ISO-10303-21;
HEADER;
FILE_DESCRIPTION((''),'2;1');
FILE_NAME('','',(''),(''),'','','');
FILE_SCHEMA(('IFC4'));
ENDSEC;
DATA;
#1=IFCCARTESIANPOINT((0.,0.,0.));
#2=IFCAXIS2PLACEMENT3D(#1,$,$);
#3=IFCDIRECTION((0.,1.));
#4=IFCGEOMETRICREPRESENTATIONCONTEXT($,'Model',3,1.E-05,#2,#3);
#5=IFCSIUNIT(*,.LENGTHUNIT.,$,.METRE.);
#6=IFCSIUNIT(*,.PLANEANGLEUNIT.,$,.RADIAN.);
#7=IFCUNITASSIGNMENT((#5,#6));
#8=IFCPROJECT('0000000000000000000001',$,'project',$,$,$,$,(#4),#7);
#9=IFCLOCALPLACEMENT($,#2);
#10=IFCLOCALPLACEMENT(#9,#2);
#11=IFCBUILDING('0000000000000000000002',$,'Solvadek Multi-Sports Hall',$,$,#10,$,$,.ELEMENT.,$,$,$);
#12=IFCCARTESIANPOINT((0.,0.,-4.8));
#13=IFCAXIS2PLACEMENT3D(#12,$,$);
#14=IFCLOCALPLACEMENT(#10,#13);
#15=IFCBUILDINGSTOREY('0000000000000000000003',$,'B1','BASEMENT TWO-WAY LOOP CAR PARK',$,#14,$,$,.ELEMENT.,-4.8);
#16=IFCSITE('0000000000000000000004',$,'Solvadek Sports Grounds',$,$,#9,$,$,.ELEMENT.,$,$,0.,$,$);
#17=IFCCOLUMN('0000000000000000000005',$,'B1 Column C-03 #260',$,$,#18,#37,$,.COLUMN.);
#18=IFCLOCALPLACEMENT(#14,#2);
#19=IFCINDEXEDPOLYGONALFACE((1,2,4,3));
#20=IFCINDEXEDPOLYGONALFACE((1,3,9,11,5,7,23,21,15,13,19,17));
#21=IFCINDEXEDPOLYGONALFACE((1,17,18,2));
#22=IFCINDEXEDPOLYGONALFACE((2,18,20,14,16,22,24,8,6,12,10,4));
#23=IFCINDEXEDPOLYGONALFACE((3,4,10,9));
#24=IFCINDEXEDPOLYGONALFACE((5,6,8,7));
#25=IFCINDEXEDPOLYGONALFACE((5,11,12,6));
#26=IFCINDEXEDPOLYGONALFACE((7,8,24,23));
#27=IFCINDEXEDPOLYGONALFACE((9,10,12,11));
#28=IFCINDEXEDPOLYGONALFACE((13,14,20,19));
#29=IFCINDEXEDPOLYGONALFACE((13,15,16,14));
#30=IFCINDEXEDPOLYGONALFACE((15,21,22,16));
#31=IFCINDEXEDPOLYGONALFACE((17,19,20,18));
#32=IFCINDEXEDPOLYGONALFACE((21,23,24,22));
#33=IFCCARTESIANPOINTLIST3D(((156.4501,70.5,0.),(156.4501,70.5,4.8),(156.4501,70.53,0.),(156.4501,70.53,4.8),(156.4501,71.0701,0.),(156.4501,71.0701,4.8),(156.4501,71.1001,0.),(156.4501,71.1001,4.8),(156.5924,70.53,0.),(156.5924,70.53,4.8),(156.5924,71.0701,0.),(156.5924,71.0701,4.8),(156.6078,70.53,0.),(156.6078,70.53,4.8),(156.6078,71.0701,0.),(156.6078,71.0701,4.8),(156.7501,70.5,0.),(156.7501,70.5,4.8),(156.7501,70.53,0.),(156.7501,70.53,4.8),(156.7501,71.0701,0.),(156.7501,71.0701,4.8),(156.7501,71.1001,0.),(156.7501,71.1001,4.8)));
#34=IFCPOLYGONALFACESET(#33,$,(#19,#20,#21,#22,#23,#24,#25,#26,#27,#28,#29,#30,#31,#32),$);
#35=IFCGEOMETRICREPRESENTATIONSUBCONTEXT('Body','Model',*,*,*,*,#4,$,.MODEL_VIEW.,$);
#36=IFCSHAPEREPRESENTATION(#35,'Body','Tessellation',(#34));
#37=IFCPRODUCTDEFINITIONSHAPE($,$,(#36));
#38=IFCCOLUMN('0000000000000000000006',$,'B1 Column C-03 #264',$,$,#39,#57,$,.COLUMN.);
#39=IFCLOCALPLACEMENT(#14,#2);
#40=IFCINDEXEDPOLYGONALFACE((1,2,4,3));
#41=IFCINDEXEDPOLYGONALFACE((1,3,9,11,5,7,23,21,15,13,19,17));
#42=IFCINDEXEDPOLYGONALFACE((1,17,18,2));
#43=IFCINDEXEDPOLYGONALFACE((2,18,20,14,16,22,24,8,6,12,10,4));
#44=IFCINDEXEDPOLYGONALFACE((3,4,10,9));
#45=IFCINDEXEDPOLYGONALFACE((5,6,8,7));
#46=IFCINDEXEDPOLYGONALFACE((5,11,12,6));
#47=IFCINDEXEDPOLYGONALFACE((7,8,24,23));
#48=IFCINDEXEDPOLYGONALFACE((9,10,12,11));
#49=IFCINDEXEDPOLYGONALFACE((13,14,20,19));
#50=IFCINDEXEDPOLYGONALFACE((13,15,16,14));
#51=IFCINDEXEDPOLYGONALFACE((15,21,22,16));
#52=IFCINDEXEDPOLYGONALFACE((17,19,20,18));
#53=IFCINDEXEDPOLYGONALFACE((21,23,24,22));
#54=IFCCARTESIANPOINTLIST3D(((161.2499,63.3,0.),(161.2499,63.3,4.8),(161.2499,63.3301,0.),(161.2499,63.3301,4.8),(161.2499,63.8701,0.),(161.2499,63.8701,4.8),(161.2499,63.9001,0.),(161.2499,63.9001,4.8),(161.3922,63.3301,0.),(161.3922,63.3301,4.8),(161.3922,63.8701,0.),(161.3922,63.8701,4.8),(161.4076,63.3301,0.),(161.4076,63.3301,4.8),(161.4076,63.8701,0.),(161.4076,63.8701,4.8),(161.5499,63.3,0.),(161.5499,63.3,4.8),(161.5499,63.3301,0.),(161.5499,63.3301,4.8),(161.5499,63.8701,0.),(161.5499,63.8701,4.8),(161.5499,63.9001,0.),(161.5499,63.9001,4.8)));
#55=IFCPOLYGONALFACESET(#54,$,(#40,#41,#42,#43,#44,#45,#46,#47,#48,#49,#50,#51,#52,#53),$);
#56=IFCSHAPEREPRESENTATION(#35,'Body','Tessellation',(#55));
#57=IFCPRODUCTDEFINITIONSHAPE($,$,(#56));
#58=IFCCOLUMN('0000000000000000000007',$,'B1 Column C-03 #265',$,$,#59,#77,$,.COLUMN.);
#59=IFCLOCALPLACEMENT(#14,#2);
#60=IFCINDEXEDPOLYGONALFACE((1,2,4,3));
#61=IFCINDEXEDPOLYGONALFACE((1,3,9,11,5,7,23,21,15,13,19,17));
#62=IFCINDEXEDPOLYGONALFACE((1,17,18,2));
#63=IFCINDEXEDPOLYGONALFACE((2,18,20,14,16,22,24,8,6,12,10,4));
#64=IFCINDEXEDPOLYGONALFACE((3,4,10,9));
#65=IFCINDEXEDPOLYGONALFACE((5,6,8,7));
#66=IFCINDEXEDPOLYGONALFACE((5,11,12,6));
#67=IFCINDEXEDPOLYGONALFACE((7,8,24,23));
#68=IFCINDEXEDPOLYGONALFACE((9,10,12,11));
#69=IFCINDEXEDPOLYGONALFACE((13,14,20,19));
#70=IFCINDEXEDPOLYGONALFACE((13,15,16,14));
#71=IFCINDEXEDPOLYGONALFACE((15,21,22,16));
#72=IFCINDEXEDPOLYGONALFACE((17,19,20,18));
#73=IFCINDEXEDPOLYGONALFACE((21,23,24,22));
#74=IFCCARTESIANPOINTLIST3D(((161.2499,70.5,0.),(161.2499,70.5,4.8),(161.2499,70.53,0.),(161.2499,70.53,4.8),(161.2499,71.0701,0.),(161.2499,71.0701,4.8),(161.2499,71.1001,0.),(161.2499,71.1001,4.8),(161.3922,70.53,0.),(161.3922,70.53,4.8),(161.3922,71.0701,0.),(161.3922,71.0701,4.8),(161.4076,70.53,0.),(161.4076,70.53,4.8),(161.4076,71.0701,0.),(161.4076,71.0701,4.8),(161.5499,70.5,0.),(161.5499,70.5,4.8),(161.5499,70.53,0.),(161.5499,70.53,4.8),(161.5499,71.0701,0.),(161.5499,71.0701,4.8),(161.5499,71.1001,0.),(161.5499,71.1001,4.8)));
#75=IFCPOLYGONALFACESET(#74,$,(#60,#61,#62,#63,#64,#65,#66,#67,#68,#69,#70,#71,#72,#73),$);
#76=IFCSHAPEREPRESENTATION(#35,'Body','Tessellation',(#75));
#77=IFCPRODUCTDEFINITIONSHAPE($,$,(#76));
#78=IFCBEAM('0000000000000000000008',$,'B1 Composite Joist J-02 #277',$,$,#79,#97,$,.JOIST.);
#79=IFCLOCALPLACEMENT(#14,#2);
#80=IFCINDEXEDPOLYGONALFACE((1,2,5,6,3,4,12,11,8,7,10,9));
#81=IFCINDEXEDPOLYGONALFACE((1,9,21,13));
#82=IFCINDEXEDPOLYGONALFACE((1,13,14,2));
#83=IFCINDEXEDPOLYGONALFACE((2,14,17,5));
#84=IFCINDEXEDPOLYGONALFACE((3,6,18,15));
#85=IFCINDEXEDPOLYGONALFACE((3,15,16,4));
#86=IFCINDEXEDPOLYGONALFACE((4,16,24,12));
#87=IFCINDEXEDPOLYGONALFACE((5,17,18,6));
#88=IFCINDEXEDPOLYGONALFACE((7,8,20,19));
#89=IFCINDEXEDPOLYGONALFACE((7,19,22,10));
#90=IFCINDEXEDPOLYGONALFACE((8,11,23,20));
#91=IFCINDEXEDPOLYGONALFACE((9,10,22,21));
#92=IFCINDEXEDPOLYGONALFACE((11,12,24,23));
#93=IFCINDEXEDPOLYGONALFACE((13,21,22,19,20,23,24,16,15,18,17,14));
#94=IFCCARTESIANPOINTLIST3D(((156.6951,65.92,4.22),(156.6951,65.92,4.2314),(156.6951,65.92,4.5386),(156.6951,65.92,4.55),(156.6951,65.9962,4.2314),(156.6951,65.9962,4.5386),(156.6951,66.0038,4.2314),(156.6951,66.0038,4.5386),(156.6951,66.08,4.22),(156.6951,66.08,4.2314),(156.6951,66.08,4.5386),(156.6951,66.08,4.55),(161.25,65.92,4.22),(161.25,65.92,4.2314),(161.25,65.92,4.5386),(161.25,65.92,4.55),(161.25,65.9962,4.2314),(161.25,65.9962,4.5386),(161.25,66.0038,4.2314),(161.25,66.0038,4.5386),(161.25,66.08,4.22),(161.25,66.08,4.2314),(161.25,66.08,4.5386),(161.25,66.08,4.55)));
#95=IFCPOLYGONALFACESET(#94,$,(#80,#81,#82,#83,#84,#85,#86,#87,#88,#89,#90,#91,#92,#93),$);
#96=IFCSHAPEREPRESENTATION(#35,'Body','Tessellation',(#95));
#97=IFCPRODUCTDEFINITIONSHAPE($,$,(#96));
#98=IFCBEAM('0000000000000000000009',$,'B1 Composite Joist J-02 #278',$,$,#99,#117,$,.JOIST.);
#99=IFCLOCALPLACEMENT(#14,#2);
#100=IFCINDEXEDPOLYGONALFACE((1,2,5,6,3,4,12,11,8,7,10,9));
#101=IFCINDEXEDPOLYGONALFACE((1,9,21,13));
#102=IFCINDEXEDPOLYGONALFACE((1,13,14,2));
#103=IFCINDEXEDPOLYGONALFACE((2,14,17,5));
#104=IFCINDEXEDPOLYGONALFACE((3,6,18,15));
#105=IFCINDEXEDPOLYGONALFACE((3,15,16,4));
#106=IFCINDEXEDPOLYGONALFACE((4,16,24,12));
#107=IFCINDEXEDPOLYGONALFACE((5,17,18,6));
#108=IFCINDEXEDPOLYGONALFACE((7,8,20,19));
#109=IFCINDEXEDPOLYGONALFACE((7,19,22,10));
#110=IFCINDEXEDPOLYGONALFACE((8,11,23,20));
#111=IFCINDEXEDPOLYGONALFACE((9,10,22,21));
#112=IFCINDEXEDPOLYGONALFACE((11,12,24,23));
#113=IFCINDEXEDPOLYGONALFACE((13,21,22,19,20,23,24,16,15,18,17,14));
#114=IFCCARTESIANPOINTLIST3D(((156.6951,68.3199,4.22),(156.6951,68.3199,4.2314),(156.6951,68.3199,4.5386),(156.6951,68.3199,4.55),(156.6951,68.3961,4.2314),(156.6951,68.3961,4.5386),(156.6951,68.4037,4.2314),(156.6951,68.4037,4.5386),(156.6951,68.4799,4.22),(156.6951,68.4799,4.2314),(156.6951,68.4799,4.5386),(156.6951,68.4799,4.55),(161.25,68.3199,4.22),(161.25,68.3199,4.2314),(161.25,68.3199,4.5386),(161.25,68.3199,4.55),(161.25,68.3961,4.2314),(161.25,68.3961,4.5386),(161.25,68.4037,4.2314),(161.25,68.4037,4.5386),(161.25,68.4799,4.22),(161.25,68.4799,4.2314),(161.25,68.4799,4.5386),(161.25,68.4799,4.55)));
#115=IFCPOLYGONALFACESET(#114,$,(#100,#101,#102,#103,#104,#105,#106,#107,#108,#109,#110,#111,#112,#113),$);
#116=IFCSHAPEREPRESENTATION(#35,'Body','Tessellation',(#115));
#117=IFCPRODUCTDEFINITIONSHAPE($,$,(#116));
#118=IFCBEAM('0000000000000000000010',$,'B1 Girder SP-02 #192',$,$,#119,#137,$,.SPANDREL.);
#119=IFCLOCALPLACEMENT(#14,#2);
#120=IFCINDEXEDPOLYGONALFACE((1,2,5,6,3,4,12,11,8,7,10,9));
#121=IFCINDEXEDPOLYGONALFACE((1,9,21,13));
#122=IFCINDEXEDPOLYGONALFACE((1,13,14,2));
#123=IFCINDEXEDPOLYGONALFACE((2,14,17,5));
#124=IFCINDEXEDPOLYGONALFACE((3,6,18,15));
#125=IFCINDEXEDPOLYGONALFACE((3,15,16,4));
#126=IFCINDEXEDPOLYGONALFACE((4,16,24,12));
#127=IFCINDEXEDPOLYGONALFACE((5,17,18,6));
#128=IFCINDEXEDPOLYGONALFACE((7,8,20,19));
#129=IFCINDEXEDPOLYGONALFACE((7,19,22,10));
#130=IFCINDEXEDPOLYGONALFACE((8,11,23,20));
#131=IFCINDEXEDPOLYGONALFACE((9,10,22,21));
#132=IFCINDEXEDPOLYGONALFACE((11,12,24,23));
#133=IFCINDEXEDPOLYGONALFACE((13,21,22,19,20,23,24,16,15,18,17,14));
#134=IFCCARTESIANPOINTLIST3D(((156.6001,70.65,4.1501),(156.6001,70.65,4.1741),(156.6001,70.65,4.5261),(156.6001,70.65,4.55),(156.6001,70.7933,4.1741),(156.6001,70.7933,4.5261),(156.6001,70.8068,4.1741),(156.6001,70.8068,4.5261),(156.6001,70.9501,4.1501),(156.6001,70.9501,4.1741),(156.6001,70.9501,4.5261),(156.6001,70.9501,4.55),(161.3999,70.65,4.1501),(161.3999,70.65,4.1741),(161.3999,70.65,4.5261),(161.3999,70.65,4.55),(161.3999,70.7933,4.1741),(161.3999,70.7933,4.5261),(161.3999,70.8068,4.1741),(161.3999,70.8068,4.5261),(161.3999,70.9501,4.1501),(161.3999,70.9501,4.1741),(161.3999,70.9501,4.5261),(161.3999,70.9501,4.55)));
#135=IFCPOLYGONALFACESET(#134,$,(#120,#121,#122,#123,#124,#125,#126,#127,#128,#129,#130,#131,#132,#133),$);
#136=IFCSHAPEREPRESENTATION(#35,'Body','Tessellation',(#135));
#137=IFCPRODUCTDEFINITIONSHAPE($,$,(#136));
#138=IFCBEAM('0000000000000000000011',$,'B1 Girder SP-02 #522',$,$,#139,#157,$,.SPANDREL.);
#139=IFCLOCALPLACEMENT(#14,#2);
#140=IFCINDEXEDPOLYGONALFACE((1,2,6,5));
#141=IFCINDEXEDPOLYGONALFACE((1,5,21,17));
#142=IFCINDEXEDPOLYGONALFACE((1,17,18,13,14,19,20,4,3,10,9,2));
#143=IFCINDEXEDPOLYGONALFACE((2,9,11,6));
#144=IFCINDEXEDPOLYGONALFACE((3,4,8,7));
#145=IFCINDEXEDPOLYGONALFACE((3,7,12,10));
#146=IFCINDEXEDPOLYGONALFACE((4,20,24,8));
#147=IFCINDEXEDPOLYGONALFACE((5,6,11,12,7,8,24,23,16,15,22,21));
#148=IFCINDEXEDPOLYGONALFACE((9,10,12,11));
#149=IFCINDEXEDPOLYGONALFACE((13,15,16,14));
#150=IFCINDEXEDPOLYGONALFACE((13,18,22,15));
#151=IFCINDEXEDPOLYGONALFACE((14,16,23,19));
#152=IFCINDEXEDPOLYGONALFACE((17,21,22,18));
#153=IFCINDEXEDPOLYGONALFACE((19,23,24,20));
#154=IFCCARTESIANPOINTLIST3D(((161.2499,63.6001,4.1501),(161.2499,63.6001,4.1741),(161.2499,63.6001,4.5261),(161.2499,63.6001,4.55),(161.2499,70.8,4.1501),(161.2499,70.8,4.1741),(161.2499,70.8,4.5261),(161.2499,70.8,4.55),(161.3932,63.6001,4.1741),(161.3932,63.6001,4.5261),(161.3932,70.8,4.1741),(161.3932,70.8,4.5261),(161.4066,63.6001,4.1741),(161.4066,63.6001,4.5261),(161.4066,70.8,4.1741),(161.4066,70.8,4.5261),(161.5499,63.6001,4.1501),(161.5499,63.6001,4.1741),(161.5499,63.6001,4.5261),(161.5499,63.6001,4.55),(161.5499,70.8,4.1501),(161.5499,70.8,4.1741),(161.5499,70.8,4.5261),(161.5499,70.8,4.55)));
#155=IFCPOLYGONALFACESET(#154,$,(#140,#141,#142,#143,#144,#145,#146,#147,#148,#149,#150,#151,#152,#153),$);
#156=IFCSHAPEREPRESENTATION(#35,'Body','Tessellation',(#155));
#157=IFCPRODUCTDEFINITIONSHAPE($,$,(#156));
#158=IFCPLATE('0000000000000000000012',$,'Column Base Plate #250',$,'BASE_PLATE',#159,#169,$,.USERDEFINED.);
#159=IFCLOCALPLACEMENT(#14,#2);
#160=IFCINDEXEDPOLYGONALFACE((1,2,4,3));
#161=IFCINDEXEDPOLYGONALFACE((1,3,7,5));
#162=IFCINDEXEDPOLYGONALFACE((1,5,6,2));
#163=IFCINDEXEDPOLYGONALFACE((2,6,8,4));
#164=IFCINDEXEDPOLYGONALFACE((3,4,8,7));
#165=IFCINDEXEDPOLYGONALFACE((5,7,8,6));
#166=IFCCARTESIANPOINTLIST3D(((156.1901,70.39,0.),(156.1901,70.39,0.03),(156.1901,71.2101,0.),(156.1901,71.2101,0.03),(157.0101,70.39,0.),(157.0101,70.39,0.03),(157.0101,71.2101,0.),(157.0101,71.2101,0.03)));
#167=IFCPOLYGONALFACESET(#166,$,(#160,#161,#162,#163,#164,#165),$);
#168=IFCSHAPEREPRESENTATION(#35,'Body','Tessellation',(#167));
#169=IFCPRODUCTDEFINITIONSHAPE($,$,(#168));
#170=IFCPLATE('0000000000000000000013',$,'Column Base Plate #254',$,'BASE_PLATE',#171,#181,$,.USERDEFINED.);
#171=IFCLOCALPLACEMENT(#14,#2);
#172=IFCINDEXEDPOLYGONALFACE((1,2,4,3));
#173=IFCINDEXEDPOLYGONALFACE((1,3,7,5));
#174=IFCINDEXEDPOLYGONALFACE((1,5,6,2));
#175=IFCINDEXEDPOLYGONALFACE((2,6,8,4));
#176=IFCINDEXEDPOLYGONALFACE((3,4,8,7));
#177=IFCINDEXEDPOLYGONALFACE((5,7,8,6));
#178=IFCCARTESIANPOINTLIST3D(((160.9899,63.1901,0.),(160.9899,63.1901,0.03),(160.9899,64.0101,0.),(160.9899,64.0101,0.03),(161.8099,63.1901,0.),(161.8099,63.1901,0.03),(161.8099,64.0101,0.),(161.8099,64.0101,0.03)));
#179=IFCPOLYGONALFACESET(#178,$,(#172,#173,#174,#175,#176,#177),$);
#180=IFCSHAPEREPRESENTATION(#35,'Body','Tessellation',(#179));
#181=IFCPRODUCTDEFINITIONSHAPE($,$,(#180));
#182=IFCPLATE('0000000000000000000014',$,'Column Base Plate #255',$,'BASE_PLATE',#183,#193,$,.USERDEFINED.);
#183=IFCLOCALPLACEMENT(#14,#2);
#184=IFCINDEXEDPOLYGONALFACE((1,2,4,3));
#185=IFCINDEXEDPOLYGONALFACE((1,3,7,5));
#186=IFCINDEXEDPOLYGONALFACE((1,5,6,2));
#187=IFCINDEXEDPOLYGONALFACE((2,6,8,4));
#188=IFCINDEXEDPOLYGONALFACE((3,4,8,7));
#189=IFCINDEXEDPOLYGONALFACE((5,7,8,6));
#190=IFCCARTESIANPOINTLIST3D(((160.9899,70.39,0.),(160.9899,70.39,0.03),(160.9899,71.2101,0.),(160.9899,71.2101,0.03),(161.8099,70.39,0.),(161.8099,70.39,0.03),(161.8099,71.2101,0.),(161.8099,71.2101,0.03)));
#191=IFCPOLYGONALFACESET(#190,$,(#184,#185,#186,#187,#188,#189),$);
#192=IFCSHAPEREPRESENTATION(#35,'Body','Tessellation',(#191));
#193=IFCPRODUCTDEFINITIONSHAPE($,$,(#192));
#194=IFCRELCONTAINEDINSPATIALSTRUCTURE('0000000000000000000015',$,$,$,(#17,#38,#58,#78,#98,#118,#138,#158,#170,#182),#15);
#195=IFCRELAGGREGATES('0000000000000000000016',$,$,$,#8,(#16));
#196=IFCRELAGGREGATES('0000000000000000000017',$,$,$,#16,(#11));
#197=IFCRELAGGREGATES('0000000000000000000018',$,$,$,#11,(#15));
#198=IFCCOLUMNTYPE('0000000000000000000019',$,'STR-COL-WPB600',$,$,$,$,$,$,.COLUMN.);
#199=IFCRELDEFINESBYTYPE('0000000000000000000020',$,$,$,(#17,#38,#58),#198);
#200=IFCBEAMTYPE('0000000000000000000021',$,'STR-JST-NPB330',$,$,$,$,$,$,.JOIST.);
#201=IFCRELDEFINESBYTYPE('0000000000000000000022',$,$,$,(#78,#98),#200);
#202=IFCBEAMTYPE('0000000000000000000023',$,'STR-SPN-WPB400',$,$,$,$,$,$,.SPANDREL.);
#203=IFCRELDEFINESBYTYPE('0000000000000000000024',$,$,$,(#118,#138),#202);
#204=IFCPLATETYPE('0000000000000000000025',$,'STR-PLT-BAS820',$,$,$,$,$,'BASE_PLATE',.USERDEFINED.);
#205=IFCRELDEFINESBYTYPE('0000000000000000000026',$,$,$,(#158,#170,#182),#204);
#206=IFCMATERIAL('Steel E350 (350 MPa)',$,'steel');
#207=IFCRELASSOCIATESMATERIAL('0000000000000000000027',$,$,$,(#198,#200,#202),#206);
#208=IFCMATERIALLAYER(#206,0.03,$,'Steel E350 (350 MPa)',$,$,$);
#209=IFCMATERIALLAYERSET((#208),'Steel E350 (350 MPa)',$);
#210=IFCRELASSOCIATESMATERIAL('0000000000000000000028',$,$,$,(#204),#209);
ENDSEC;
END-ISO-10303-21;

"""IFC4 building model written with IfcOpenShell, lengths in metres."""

from ifc_helpers import new_model, si_unit, direction, frame, origin, origin_2d, place, context, subcontext, project, spatial, rectangle, i_section, extrude, material, layer, layer_set, material_profile, profile_set, type_object, element, save


model = new_model("IFC4")

# Units and contexts
model_context = context("Model", 3, precision=1e-05, world=origin(), true_north=direction((0.0, 1.0)))
body_context = subcontext(model_context, "Body", "Model", "MODEL_VIEW")
ifc_project = project(units=[si_unit("LENGTHUNIT", "METRE"), si_unit("PLANEANGLEUNIT", "RADIAN")], contexts=[model_context])

# Site, building, storey
site_placement = place(None, origin())
site = spatial("IfcSite", under=ifc_project, at=site_placement, Name="Solvadek Sports Grounds", CompositionType="ELEMENT", RefElevation=0.0)
building_placement = place(site_placement, origin())
building = spatial("IfcBuilding", under=site, at=building_placement, Name="Solvadek Multi-Sports Hall", CompositionType="ELEMENT")
storey_placement = place(building_placement, frame((0.0, 0.0, -4.8)))
storey = spatial("IfcBuildingStorey", under=building, at=storey_placement, Name="B1", Description="BASEMENT TWO-WAY LOOP CAR PARK", CompositionType="ELEMENT", Elevation=-4.8)

# Columns
ifc_material_1 = material(Name="Steel E350 (350 MPa)", Category="steel")
ifc_material_profile_1 = material_profile(ifc_material_1, i_section(OverallWidth=0.3, OverallDepth=0.6001, WebThickness=0.0154, FlangeThickness=0.03, at=origin_2d()), Name="WPB 600")
ifc_profile_set_1 = profile_set([ifc_material_profile_1], Name="Steel E350 (350 MPa)")
column_type = type_object("IfcColumnType", Name="STR-COL-WPB600", PredefinedType="COLUMN", material=ifc_profile_set_1)
for number, where, z_axis, x_axis, name in (
    (1, (156.6001, 70.8, 0.0), (0.0, 0.0, 1.0), (1.0, 0.0, 0.0), "B1 Column C-03 #260"),
    (2, (161.3999, 63.6001, 0.0), (0.0, 0.0, 1.0), (1.0, 0.0, 0.0), "B1 Column C-03 #264"),
    (3, (161.3999, 70.8, 0.0), (0.0, 0.0, 1.0), (1.0, 0.0, 0.0), "B1 Column C-03 #265"),
):
    element("IfcColumn", number, at=place(storey_placement, frame(where, z_axis=z_axis, x_axis=x_axis)), inside=storey, type_object=column_type, Name=name, PredefinedType="COLUMN", context=body_context, shape_type="SweptSolid", body=[
        extrude(i_section(OverallWidth=0.3, OverallDepth=0.6001, WebThickness=0.0154, FlangeThickness=0.03, at=origin_2d()), origin(), (0.0, 0.0, 1.0), 4.8),
    ])

# Beams
ifc_material_profile_2 = material_profile(ifc_material_1, i_section(OverallWidth=0.1599, OverallDepth=0.3301, WebThickness=0.0076, FlangeThickness=0.0115, at=origin_2d()), Name="NPB 330")
ifc_profile_set_2 = profile_set([ifc_material_profile_2], Name="Steel E350 (350 MPa)")
beam_type_1 = type_object("IfcBeamType", Name="STR-JST-NPB330", PredefinedType="JOIST", material=ifc_profile_set_2)
for number, where, z_axis, x_axis, name in (
    (4, (156.6951, 66.0, 4.385), (1.0, 0.0, 0.0), (0.0, 1.0, 0.0), "B1 Composite Joist J-02 #277"),
    (5, (156.6951, 68.3999, 4.385), (1.0, 0.0, 0.0), (0.0, 1.0, 0.0), "B1 Composite Joist J-02 #278"),
):
    element("IfcBeam", number, at=place(storey_placement, frame(where, z_axis=z_axis, x_axis=x_axis)), inside=storey, type_object=beam_type_1, Name=name, PredefinedType="JOIST", context=body_context, shape_type="SweptSolid", body=[
        extrude(i_section(OverallWidth=0.1599, OverallDepth=0.3301, WebThickness=0.0076, FlangeThickness=0.0115, at=origin_2d()), origin(), (0.0, 0.0, 1.0), 4.5549),
    ])
ifc_material_profile_3 = material_profile(ifc_material_1, i_section(OverallWidth=0.3, OverallDepth=0.3999, WebThickness=0.0134, FlangeThickness=0.0239, at=origin_2d()), Name="WPB 400")
ifc_profile_set_3 = profile_set([ifc_material_profile_3], Name="Steel E350 (350 MPa)")
beam_type_2 = type_object("IfcBeamType", Name="STR-SPN-WPB400", PredefinedType="SPANDREL", material=ifc_profile_set_3)
beam_1_placement = place(storey_placement, frame((156.6001, 70.8, 4.3501), z_axis=(1.0, 0.0, 0.0), x_axis=(0.0, 1.0, 0.0)))
element("IfcBeam", 6, at=beam_1_placement, inside=storey, type_object=beam_type_2, Name="B1 Girder SP-02 #192", PredefinedType="SPANDREL", context=body_context, shape_type="SweptSolid", body=[
    extrude(i_section(OverallWidth=0.3, OverallDepth=0.3999, WebThickness=0.0134, FlangeThickness=0.0239, at=origin_2d()), origin(), (0.0, 0.0, 1.0), 4.7998),
])
beam_2_placement = place(storey_placement, frame((161.3999, 63.6001, 4.3501), z_axis=(0.0, 1.0, 0.0), x_axis=(-1.0, 0.0, 0.0)))
element("IfcBeam", 7, at=beam_2_placement, inside=storey, type_object=beam_type_2, Name="B1 Girder SP-02 #522", PredefinedType="SPANDREL", context=body_context, shape_type="SweptSolid", body=[
    extrude(i_section(OverallWidth=0.3, OverallDepth=0.3999, WebThickness=0.0134, FlangeThickness=0.0239, at=origin_2d()), origin(), (0.0, 0.0, 1.0), 7.2),
])

# Plates
ifc_layer_1 = layer(ifc_material_1, 0.03, Name="Steel E350 (350 MPa)")
ifc_layer_set_1 = layer_set([ifc_layer_1], Name="Steel E350 (350 MPa)")
plate_type = type_object("IfcPlateType", Name="STR-PLT-BAS820", ElementType="BASE_PLATE", PredefinedType="USERDEFINED", material=ifc_layer_set_1)
for number, where, z_axis, x_axis, name in (
    (8, (156.6001, 70.8, 0.0), (0.0, 0.0, 1.0), (1.0, 0.0, 0.0), "Column Base Plate #250"),
    (9, (161.3999, 63.6001, 0.0), (0.0, 0.0, 1.0), (1.0, 0.0, 0.0), "Column Base Plate #254"),
    (10, (161.3999, 70.8, 0.0), (0.0, 0.0, 1.0), (1.0, 0.0, 0.0), "Column Base Plate #255"),
):
    element("IfcPlate", number, at=place(storey_placement, frame(where, z_axis=z_axis, x_axis=x_axis)), inside=storey, type_object=plate_type, Name=name, ObjectType="BASE_PLATE", PredefinedType="USERDEFINED", context=body_context, shape_type="SweptSolid", body=[
        extrude(rectangle(XDim=0.8201, YDim=0.8201, at=origin_2d()), origin(), (0.0, 0.0, 1.0), 0.03),
    ])

save(model, "model.ifc")
